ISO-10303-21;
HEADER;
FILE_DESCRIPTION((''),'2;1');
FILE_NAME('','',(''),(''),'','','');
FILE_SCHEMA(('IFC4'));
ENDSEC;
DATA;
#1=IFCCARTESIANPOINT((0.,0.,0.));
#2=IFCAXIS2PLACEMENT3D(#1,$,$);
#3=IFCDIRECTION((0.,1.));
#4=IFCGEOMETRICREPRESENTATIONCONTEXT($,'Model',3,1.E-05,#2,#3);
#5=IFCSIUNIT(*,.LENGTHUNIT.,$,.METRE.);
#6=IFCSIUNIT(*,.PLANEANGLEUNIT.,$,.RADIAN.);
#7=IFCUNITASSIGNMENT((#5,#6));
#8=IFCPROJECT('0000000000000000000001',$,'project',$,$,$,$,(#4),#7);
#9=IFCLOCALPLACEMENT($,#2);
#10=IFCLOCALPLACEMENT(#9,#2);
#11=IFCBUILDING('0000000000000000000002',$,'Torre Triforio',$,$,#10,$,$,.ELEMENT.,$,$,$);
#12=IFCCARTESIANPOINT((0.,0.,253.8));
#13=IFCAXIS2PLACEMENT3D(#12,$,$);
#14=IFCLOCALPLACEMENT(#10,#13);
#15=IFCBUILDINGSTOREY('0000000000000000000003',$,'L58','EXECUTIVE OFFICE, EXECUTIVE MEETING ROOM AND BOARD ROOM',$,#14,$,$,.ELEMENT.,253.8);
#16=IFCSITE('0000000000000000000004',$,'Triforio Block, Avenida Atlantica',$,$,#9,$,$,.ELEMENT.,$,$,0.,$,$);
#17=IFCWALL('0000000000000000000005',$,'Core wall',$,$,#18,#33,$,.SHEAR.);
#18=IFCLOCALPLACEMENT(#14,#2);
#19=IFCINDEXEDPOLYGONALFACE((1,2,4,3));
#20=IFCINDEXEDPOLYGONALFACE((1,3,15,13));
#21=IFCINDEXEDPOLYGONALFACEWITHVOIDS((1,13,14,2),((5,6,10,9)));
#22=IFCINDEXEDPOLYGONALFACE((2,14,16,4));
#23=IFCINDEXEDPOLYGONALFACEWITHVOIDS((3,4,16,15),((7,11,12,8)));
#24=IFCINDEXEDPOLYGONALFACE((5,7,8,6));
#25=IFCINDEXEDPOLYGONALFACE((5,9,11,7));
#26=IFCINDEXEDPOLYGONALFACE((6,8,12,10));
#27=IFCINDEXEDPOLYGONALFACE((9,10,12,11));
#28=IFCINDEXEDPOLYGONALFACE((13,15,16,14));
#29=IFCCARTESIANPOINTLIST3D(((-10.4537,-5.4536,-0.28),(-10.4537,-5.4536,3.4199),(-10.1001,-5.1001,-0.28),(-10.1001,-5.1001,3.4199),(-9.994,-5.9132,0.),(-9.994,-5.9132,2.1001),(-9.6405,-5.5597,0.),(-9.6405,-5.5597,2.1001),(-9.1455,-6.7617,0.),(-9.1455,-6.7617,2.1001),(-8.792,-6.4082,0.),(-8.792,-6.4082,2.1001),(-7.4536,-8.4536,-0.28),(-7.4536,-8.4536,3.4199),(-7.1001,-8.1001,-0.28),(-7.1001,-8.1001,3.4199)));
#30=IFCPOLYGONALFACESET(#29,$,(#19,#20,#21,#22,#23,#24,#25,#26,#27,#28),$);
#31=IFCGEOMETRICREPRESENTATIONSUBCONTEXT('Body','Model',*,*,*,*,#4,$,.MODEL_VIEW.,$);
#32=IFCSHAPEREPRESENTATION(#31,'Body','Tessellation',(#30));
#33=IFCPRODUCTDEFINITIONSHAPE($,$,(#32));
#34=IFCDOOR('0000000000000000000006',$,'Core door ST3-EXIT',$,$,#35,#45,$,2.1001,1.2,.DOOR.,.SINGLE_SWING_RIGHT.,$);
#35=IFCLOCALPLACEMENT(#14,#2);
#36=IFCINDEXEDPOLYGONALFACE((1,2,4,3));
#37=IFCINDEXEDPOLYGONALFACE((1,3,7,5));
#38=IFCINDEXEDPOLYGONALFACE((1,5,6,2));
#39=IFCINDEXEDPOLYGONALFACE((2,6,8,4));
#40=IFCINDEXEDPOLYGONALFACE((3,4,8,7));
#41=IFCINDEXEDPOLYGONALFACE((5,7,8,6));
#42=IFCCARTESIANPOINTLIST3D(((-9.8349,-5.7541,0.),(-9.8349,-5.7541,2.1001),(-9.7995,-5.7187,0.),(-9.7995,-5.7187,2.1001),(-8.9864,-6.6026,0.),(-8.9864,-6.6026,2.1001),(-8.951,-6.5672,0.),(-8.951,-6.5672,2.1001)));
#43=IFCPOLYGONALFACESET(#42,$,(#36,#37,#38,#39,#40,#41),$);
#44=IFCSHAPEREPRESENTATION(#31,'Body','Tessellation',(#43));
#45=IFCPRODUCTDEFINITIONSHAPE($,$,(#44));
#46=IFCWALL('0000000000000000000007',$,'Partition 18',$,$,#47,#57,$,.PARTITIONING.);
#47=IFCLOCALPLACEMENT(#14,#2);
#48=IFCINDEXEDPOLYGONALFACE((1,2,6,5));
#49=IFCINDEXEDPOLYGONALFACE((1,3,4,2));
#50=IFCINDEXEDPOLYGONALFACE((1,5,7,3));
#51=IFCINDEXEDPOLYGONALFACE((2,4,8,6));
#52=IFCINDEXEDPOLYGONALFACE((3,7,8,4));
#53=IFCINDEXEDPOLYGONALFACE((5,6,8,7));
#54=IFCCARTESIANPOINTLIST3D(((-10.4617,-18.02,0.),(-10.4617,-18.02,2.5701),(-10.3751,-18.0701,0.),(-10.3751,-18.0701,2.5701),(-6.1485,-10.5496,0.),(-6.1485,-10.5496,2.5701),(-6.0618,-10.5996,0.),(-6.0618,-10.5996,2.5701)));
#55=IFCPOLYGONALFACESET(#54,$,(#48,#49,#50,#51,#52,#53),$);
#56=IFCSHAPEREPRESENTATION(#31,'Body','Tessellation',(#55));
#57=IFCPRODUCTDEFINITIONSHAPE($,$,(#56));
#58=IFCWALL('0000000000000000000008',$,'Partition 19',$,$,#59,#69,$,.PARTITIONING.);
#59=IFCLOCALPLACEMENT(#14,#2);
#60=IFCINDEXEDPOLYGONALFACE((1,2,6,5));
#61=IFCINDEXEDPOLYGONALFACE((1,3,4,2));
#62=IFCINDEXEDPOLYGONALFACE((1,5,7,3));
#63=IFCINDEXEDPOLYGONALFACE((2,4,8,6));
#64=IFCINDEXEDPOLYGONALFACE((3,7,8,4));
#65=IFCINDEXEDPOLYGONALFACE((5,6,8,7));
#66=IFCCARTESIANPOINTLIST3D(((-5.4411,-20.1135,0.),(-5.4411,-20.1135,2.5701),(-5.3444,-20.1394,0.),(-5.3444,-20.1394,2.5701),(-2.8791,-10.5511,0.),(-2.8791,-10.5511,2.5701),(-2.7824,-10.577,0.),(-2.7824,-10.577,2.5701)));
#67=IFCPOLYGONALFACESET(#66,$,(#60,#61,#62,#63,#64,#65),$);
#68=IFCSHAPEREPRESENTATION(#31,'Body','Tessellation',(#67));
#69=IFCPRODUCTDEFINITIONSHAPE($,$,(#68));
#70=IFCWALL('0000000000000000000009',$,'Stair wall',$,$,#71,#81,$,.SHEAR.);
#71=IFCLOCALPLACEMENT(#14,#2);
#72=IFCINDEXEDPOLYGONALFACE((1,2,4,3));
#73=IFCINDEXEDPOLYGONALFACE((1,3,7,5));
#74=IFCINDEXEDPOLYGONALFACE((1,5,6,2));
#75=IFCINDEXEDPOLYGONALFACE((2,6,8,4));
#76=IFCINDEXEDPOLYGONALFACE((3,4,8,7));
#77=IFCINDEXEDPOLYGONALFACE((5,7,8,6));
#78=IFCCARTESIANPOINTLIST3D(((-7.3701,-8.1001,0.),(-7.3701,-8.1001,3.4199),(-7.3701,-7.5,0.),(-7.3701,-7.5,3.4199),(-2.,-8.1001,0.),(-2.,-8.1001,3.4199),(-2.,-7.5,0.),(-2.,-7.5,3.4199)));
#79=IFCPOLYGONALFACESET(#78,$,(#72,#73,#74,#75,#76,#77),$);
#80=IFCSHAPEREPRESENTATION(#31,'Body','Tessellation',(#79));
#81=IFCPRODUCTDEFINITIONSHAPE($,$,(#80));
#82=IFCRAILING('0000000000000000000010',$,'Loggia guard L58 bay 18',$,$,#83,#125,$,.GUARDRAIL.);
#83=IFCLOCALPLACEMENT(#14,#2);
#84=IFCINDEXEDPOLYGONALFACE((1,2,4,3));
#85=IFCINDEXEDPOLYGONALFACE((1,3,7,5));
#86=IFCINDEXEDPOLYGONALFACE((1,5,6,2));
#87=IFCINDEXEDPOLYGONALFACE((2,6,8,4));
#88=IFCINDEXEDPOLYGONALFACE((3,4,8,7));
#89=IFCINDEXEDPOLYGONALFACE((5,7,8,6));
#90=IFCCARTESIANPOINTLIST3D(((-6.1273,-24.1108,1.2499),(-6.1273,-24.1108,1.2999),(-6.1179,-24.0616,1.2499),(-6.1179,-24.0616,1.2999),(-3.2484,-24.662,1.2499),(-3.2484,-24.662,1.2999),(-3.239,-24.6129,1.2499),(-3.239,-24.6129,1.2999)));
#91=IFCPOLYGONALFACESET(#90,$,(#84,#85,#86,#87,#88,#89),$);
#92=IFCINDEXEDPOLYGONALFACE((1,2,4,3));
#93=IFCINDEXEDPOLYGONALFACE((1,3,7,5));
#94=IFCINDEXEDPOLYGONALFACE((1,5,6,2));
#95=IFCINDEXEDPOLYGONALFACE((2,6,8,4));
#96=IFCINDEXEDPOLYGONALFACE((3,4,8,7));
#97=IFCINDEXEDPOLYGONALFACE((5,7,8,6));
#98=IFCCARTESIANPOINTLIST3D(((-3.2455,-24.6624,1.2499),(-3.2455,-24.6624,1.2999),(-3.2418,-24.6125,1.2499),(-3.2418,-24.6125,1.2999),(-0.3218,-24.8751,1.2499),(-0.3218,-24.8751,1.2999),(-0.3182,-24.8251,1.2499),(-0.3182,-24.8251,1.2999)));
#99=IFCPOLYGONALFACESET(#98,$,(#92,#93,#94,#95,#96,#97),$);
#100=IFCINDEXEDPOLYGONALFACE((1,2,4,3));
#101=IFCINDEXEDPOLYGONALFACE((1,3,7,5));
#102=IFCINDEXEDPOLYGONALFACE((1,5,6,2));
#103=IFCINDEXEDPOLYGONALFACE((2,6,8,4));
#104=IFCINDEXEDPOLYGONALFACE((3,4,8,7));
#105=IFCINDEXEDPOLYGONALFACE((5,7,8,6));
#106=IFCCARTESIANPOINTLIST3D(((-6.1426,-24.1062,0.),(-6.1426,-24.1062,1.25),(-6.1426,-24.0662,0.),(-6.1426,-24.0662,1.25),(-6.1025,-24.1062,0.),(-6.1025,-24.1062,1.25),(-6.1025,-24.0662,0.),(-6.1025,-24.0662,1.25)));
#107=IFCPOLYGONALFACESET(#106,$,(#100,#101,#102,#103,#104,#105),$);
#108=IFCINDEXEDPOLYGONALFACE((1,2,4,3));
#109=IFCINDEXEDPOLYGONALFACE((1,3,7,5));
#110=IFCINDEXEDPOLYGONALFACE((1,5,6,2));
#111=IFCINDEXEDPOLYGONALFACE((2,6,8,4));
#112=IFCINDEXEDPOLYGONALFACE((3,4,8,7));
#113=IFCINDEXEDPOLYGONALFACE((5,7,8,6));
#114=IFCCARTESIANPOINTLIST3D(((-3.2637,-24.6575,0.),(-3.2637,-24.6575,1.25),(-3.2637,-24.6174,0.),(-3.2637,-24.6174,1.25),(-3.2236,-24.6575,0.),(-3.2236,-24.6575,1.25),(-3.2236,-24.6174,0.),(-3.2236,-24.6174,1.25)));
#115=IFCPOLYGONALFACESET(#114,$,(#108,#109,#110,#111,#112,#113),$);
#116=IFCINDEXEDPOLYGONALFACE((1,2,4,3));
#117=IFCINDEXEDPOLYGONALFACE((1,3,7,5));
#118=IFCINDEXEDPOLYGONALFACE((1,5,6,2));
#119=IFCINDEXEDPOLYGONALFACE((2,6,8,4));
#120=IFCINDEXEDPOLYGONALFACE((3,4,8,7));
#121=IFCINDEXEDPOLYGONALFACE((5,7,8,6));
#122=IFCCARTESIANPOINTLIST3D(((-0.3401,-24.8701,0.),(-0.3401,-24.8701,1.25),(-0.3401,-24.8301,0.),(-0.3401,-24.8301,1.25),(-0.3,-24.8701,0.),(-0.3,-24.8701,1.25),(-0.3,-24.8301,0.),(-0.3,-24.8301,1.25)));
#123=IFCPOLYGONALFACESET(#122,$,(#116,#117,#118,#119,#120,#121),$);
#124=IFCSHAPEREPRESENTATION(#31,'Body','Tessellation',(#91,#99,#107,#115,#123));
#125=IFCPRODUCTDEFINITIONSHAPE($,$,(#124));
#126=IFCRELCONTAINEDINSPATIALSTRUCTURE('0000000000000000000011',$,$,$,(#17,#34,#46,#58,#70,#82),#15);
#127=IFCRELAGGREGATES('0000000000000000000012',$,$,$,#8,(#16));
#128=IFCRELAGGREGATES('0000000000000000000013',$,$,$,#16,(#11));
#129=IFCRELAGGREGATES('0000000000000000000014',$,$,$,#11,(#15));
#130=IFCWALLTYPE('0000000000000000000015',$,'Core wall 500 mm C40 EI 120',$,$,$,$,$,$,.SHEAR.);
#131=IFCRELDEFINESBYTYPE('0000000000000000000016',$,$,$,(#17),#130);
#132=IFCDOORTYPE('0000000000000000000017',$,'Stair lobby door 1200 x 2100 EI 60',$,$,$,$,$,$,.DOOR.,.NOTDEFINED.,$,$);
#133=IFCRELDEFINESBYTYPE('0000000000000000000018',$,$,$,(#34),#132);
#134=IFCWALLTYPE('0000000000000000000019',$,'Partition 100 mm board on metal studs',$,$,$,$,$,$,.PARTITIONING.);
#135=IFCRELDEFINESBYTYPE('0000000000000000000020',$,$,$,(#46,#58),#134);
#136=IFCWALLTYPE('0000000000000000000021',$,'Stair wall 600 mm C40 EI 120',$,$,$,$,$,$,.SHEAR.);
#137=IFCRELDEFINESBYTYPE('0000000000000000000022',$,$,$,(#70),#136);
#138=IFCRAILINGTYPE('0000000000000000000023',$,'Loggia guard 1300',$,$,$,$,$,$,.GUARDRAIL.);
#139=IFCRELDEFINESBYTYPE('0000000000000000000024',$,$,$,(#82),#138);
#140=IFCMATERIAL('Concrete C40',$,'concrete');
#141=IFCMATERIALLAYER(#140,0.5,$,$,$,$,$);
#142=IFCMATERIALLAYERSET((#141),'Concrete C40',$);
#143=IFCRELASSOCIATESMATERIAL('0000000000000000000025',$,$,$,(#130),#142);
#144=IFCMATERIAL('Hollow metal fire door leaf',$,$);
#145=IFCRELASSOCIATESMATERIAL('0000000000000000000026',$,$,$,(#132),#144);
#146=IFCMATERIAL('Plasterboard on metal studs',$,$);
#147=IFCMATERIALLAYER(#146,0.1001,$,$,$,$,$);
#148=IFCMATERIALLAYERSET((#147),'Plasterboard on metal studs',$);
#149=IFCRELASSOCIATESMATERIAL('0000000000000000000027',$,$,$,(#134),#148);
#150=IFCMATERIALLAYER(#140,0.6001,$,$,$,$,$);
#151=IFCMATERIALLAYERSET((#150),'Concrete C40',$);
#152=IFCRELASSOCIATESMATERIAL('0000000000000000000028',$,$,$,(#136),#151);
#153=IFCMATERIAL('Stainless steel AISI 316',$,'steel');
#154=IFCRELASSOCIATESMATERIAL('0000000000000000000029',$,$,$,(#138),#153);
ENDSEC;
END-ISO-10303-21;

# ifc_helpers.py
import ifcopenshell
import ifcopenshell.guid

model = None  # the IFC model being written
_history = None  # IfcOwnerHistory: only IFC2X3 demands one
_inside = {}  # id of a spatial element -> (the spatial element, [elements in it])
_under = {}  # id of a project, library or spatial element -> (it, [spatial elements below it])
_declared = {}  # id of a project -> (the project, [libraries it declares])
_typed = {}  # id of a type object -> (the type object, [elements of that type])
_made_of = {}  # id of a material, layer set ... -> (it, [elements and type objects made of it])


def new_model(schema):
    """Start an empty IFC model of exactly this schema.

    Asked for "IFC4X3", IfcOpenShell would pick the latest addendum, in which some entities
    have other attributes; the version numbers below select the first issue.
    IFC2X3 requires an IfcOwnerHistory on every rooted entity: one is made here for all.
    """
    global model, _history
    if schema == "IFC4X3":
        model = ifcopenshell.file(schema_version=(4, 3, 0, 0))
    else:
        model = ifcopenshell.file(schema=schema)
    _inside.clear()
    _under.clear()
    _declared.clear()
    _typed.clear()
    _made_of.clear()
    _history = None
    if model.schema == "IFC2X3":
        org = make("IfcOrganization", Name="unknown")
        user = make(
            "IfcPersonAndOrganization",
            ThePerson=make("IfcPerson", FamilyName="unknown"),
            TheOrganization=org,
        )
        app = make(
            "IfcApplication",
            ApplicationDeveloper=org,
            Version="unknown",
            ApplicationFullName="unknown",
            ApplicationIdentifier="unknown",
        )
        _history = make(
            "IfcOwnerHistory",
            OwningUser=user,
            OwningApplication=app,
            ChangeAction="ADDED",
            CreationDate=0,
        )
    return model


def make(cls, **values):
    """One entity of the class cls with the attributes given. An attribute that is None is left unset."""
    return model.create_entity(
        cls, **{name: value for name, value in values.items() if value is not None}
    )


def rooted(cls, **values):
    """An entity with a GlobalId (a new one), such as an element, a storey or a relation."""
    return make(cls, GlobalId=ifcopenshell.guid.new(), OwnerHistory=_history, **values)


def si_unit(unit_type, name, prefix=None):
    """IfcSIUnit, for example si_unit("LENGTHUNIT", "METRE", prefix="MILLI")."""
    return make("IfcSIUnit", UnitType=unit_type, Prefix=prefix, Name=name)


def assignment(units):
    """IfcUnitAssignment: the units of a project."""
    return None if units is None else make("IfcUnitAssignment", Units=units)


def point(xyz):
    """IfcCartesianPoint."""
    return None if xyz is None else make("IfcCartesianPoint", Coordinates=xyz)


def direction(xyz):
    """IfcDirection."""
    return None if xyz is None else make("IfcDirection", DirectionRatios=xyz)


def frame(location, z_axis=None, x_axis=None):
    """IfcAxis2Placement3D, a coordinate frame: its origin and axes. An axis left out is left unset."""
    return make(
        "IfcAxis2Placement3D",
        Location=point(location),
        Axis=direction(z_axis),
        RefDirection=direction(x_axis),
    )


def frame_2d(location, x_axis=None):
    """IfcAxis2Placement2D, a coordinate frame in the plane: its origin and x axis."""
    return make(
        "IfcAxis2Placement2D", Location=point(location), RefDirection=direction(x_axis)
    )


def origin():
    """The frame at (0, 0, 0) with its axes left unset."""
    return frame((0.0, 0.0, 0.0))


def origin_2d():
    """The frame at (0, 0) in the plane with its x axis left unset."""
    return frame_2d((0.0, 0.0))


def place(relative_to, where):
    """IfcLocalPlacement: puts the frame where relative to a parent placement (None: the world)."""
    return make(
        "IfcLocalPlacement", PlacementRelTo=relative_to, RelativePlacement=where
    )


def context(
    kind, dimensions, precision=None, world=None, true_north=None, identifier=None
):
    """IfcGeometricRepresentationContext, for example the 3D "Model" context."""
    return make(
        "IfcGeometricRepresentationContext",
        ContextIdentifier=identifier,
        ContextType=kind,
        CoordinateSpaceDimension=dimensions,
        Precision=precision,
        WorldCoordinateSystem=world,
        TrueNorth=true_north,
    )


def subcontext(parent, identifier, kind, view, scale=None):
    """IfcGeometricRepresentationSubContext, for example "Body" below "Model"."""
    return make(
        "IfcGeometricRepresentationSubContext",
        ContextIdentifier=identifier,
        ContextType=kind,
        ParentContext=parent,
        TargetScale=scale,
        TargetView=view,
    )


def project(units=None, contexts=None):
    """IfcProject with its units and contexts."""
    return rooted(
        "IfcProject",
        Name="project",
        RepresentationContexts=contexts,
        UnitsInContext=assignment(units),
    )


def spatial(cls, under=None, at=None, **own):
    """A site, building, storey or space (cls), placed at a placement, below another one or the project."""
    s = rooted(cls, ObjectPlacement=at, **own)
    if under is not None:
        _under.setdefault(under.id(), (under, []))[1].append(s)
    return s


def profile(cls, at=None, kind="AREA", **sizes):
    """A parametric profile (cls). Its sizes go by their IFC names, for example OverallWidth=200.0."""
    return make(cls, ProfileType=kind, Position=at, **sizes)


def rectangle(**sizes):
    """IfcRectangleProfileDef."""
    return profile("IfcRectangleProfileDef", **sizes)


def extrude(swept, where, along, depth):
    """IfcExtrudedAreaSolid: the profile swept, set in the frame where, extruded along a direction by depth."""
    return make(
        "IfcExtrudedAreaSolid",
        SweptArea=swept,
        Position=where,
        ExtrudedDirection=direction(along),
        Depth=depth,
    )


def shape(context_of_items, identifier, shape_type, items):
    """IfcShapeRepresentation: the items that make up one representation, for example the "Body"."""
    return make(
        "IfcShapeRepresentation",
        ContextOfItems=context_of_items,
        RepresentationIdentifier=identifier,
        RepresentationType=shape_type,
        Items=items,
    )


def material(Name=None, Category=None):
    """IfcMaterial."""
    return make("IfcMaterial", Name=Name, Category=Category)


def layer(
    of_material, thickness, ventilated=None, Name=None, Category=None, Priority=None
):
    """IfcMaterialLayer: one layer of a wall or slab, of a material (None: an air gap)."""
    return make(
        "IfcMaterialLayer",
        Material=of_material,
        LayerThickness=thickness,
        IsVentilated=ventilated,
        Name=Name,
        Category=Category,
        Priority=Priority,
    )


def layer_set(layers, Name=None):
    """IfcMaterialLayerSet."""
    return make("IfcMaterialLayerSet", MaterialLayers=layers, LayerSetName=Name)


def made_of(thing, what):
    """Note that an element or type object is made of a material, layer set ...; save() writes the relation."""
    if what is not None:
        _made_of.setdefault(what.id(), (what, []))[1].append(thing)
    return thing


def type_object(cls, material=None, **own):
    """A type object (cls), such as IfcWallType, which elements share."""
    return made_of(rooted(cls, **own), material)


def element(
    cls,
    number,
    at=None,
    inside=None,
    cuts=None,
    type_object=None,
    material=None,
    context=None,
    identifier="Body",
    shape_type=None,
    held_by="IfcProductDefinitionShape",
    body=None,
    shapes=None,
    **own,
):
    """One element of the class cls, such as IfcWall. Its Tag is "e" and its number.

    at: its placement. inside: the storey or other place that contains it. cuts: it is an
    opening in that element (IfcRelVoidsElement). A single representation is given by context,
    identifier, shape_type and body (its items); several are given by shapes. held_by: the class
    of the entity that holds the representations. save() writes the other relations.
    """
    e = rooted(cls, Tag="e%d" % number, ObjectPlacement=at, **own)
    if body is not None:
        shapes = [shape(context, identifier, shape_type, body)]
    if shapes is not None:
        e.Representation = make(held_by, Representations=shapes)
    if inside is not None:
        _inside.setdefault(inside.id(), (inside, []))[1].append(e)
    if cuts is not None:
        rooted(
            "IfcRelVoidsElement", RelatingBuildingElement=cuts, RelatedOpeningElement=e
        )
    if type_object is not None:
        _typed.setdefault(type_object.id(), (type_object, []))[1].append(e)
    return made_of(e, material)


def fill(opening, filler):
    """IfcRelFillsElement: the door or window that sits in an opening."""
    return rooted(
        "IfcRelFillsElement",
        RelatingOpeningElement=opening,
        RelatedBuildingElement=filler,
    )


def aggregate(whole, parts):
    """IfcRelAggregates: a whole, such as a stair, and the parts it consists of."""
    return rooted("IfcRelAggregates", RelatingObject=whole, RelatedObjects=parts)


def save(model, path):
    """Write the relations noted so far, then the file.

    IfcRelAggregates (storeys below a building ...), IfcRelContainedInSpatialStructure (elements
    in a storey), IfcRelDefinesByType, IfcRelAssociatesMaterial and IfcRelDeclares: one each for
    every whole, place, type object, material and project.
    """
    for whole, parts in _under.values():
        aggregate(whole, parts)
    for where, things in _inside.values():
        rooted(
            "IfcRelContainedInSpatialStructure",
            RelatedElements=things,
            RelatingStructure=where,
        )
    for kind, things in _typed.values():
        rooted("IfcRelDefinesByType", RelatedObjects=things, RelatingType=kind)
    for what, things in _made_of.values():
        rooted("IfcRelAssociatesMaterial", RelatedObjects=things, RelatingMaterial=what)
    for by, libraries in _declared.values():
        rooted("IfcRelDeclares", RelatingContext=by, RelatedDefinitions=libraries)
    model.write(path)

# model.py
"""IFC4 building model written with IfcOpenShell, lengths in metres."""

from ifc_helpers import new_model, si_unit, direction, frame, frame_2d, origin, origin_2d, place, context, subcontext, project, spatial, rectangle, extrude, material, layer, layer_set, type_object, element, fill, save


model = new_model("IFC4")

# Units and contexts
model_context = context("Model", 3, precision=1e-05, world=origin(), true_north=direction((0.0, 1.0)))
body_context = subcontext(model_context, "Body", "Model", "MODEL_VIEW")
ifc_project = project(units=[si_unit("LENGTHUNIT", "METRE"), si_unit("PLANEANGLEUNIT", "RADIAN")], contexts=[model_context])

# Site, building, storey
site_placement = place(None, origin())
site = spatial("IfcSite", under=ifc_project, at=site_placement, Name="Triforio Block, Avenida Atlantica", CompositionType="ELEMENT", RefElevation=0.0)
building_placement = place(site_placement, origin())
building = spatial("IfcBuilding", under=site, at=building_placement, Name="Torre Triforio", CompositionType="ELEMENT")
storey_placement = place(building_placement, frame((0.0, 0.0, 253.8)))
storey = spatial("IfcBuildingStorey", under=building, at=storey_placement, Name="L58", Description="EXECUTIVE OFFICE, EXECUTIVE MEETING ROOM AND BOARD ROOM", CompositionType="ELEMENT", Elevation=253.8)

# Shared definitions
ifc_material_1 = material(Name="Concrete C40", Category="concrete")

# Shared definitions
ifc_layer_1 = layer(ifc_material_1, 0.5)
ifc_layer_set_1 = layer_set([ifc_layer_1], Name="Concrete C40")
wall_type_1 = type_object("IfcWallType", Name="Core wall 500 mm C40 EI 120", PredefinedType="SHEAR", material=ifc_layer_set_1)
ifc_material_2 = material(Name="Hollow metal fire door leaf")

# Wall, opening, door
wall_1_placement = place(storey_placement, frame((-7.2769, -8.2769, -0.28), z_axis=(0.0, 0.0, 1.0), x_axis=(-0.707107, 0.707107, 0.0)))
wall_1 = element("IfcWall", 1, at=wall_1_placement, inside=storey, type_object=wall_type_1, Name="Core wall", PredefinedType="SHEAR", context=body_context, shape_type="SweptSolid", body=[
    extrude(rectangle(XDim=4.2427, YDim=0.5, at=frame_2d((2.1213, 0.0))), origin(), (0.0, 0.0, 1.0), 3.7),
])
opening_1_placement = place(wall_1_placement, frame((2.3926, 0.0, 0.28)))
opening_1 = element("IfcOpeningElement", 2, at=opening_1_placement, cuts=wall_1, PredefinedType="OPENING", context=body_context, shape_type="SweptSolid", body=[
    extrude(rectangle(XDim=1.2, YDim=2.1001, at=frame_2d((0.6001, 1.05))), frame((0.0, 0.26, 0.0), z_axis=(0.0, -1.0, 0.0), x_axis=(1.0, 0.0, 0.0)), (0.0, 0.0, 1.0), 0.52),
])
door_type_1 = type_object("IfcDoorType", Name="Stair lobby door 1200 x 2100 EI 60", OperationType="NOTDEFINED", PredefinedType="DOOR", material=ifc_material_2)
door_1_placement = place(opening_1_placement, origin())
door_1 = element("IfcDoor", 3, at=door_1_placement, inside=storey, type_object=door_type_1, Name="Core door ST3-EXIT", OperationType="SINGLE_SWING_RIGHT", OverallHeight=2.1001, OverallWidth=1.2, PredefinedType="DOOR", context=body_context, shape_type="SweptSolid", body=[
    extrude(rectangle(XDim=1.2, YDim=2.1001, at=frame_2d((0.6001, 1.05))), frame((0.0, 0.0249, 0.0), z_axis=(0.0, -1.0, 0.0), x_axis=(1.0, 0.0, 0.0)), (0.0, 0.0, 1.0), 0.05),
])
fill(opening_1, door_1)

# Walls
ifc_material_3 = material(Name="Plasterboard on metal studs")
ifc_layer_2 = layer(ifc_material_3, 0.1001)
ifc_layer_set_2 = layer_set([ifc_layer_2], Name="Plasterboard on metal studs")
wall_type_2 = type_object("IfcWallType", Name="Partition 100 mm board on metal studs", PredefinedType="PARTITIONING", material=ifc_layer_set_2)
wall_2_placement = place(storey_placement, frame((-6.1052, -10.5747, 0.0), z_axis=(0.0, 0.0, 1.0), x_axis=(-0.500014, -0.866017, 0.0)))
element("IfcWall", 4, at=wall_2_placement, inside=storey, type_object=wall_type_2, Name="Partition 18", PredefinedType="PARTITIONING", context=body_context, shape_type="SweptSolid", body=[
    extrude(rectangle(XDim=8.6262, YDim=0.1001, at=frame_2d((4.313, 0.0))), origin(), (0.0, 0.0, 1.0), 2.5701),
])
wall_3_placement = place(storey_placement, frame((-2.8308, -10.5642, 0.0), z_axis=(0.0, 0.0, 1.0), x_axis=(-0.258795, -0.965932, 0.0)))
element("IfcWall", 5, at=wall_3_placement, inside=storey, type_object=wall_type_2, Name="Partition 19", PredefinedType="PARTITIONING", context=body_context, shape_type="SweptSolid", body=[
    extrude(rectangle(XDim=9.8997, YDim=0.1001, at=frame_2d((4.9497, 0.0))), origin(), (0.0, 0.0, 1.0), 2.5701),
])
ifc_layer_3 = layer(ifc_material_1, 0.6001)
ifc_layer_set_3 = layer_set([ifc_layer_3], Name="Concrete C40")
wall_type_3 = type_object("IfcWallType", Name="Stair wall 600 mm C40 EI 120", PredefinedType="SHEAR", material=ifc_layer_set_3)
wall_4_placement = place(storey_placement, frame((-7.3701, -7.8, 0.0), z_axis=(0.0, 0.0, 1.0), x_axis=(1.0, 0.0, 0.0)))
element("IfcWall", 6, at=wall_4_placement, inside=storey, type_object=wall_type_3, Name="Stair wall", PredefinedType="SHEAR", context=body_context, shape_type="SweptSolid", body=[
    extrude(rectangle(XDim=5.3701, YDim=0.6001, at=frame_2d((2.6851, 0.0))), origin(), (0.0, 0.0, 1.0), 3.4199),
])

# Railing
ifc_material_4 = material(Name="Stainless steel AISI 316", Category="steel")
railing_type = type_object("IfcRailingType", Name="Loggia guard 1300", PredefinedType="GUARDRAIL", material=ifc_material_4)
railing_placement = place(storey_placement, frame((-6.1226, -24.0862, 0.0)))
element("IfcRailing", 7, at=railing_placement, inside=storey, type_object=railing_type, Name="Loggia guard L58 bay 18", PredefinedType="GUARDRAIL", context=body_context, shape_type="SweptSolid", body=[
    extrude(rectangle(XDim=0.05, YDim=0.05, at=origin_2d()), frame((0.0, 0.0, 1.2749), z_axis=(0.982156, -0.188069, 0.0), x_axis=(0.188069, 0.982156, 0.0)), (0.0, 0.0, 1.0), 2.9312),
    extrude(rectangle(XDim=0.05, YDim=0.05, at=origin_2d()), frame((2.8789, -0.5513, 1.2749), z_axis=(0.997365, -0.072543, 0.0), x_axis=(0.072543, 0.997365, 0.0)), (0.0, 0.0, 1.0), 2.9314),
    extrude(rectangle(XDim=0.04, YDim=0.04, at=origin_2d()), origin(), (0.0, 0.0, 1.0), 1.25),
    extrude(rectangle(XDim=0.04, YDim=0.04, at=origin_2d()), frame((2.8789, -0.5513, 0.0)), (0.0, 0.0, 1.0), 1.25),
    extrude(rectangle(XDim=0.04, YDim=0.04, at=origin_2d()), frame((5.8025, -0.7639, 0.0)), (0.0, 0.0, 1.0), 1.25),
])

save(model, "model.ifc")
